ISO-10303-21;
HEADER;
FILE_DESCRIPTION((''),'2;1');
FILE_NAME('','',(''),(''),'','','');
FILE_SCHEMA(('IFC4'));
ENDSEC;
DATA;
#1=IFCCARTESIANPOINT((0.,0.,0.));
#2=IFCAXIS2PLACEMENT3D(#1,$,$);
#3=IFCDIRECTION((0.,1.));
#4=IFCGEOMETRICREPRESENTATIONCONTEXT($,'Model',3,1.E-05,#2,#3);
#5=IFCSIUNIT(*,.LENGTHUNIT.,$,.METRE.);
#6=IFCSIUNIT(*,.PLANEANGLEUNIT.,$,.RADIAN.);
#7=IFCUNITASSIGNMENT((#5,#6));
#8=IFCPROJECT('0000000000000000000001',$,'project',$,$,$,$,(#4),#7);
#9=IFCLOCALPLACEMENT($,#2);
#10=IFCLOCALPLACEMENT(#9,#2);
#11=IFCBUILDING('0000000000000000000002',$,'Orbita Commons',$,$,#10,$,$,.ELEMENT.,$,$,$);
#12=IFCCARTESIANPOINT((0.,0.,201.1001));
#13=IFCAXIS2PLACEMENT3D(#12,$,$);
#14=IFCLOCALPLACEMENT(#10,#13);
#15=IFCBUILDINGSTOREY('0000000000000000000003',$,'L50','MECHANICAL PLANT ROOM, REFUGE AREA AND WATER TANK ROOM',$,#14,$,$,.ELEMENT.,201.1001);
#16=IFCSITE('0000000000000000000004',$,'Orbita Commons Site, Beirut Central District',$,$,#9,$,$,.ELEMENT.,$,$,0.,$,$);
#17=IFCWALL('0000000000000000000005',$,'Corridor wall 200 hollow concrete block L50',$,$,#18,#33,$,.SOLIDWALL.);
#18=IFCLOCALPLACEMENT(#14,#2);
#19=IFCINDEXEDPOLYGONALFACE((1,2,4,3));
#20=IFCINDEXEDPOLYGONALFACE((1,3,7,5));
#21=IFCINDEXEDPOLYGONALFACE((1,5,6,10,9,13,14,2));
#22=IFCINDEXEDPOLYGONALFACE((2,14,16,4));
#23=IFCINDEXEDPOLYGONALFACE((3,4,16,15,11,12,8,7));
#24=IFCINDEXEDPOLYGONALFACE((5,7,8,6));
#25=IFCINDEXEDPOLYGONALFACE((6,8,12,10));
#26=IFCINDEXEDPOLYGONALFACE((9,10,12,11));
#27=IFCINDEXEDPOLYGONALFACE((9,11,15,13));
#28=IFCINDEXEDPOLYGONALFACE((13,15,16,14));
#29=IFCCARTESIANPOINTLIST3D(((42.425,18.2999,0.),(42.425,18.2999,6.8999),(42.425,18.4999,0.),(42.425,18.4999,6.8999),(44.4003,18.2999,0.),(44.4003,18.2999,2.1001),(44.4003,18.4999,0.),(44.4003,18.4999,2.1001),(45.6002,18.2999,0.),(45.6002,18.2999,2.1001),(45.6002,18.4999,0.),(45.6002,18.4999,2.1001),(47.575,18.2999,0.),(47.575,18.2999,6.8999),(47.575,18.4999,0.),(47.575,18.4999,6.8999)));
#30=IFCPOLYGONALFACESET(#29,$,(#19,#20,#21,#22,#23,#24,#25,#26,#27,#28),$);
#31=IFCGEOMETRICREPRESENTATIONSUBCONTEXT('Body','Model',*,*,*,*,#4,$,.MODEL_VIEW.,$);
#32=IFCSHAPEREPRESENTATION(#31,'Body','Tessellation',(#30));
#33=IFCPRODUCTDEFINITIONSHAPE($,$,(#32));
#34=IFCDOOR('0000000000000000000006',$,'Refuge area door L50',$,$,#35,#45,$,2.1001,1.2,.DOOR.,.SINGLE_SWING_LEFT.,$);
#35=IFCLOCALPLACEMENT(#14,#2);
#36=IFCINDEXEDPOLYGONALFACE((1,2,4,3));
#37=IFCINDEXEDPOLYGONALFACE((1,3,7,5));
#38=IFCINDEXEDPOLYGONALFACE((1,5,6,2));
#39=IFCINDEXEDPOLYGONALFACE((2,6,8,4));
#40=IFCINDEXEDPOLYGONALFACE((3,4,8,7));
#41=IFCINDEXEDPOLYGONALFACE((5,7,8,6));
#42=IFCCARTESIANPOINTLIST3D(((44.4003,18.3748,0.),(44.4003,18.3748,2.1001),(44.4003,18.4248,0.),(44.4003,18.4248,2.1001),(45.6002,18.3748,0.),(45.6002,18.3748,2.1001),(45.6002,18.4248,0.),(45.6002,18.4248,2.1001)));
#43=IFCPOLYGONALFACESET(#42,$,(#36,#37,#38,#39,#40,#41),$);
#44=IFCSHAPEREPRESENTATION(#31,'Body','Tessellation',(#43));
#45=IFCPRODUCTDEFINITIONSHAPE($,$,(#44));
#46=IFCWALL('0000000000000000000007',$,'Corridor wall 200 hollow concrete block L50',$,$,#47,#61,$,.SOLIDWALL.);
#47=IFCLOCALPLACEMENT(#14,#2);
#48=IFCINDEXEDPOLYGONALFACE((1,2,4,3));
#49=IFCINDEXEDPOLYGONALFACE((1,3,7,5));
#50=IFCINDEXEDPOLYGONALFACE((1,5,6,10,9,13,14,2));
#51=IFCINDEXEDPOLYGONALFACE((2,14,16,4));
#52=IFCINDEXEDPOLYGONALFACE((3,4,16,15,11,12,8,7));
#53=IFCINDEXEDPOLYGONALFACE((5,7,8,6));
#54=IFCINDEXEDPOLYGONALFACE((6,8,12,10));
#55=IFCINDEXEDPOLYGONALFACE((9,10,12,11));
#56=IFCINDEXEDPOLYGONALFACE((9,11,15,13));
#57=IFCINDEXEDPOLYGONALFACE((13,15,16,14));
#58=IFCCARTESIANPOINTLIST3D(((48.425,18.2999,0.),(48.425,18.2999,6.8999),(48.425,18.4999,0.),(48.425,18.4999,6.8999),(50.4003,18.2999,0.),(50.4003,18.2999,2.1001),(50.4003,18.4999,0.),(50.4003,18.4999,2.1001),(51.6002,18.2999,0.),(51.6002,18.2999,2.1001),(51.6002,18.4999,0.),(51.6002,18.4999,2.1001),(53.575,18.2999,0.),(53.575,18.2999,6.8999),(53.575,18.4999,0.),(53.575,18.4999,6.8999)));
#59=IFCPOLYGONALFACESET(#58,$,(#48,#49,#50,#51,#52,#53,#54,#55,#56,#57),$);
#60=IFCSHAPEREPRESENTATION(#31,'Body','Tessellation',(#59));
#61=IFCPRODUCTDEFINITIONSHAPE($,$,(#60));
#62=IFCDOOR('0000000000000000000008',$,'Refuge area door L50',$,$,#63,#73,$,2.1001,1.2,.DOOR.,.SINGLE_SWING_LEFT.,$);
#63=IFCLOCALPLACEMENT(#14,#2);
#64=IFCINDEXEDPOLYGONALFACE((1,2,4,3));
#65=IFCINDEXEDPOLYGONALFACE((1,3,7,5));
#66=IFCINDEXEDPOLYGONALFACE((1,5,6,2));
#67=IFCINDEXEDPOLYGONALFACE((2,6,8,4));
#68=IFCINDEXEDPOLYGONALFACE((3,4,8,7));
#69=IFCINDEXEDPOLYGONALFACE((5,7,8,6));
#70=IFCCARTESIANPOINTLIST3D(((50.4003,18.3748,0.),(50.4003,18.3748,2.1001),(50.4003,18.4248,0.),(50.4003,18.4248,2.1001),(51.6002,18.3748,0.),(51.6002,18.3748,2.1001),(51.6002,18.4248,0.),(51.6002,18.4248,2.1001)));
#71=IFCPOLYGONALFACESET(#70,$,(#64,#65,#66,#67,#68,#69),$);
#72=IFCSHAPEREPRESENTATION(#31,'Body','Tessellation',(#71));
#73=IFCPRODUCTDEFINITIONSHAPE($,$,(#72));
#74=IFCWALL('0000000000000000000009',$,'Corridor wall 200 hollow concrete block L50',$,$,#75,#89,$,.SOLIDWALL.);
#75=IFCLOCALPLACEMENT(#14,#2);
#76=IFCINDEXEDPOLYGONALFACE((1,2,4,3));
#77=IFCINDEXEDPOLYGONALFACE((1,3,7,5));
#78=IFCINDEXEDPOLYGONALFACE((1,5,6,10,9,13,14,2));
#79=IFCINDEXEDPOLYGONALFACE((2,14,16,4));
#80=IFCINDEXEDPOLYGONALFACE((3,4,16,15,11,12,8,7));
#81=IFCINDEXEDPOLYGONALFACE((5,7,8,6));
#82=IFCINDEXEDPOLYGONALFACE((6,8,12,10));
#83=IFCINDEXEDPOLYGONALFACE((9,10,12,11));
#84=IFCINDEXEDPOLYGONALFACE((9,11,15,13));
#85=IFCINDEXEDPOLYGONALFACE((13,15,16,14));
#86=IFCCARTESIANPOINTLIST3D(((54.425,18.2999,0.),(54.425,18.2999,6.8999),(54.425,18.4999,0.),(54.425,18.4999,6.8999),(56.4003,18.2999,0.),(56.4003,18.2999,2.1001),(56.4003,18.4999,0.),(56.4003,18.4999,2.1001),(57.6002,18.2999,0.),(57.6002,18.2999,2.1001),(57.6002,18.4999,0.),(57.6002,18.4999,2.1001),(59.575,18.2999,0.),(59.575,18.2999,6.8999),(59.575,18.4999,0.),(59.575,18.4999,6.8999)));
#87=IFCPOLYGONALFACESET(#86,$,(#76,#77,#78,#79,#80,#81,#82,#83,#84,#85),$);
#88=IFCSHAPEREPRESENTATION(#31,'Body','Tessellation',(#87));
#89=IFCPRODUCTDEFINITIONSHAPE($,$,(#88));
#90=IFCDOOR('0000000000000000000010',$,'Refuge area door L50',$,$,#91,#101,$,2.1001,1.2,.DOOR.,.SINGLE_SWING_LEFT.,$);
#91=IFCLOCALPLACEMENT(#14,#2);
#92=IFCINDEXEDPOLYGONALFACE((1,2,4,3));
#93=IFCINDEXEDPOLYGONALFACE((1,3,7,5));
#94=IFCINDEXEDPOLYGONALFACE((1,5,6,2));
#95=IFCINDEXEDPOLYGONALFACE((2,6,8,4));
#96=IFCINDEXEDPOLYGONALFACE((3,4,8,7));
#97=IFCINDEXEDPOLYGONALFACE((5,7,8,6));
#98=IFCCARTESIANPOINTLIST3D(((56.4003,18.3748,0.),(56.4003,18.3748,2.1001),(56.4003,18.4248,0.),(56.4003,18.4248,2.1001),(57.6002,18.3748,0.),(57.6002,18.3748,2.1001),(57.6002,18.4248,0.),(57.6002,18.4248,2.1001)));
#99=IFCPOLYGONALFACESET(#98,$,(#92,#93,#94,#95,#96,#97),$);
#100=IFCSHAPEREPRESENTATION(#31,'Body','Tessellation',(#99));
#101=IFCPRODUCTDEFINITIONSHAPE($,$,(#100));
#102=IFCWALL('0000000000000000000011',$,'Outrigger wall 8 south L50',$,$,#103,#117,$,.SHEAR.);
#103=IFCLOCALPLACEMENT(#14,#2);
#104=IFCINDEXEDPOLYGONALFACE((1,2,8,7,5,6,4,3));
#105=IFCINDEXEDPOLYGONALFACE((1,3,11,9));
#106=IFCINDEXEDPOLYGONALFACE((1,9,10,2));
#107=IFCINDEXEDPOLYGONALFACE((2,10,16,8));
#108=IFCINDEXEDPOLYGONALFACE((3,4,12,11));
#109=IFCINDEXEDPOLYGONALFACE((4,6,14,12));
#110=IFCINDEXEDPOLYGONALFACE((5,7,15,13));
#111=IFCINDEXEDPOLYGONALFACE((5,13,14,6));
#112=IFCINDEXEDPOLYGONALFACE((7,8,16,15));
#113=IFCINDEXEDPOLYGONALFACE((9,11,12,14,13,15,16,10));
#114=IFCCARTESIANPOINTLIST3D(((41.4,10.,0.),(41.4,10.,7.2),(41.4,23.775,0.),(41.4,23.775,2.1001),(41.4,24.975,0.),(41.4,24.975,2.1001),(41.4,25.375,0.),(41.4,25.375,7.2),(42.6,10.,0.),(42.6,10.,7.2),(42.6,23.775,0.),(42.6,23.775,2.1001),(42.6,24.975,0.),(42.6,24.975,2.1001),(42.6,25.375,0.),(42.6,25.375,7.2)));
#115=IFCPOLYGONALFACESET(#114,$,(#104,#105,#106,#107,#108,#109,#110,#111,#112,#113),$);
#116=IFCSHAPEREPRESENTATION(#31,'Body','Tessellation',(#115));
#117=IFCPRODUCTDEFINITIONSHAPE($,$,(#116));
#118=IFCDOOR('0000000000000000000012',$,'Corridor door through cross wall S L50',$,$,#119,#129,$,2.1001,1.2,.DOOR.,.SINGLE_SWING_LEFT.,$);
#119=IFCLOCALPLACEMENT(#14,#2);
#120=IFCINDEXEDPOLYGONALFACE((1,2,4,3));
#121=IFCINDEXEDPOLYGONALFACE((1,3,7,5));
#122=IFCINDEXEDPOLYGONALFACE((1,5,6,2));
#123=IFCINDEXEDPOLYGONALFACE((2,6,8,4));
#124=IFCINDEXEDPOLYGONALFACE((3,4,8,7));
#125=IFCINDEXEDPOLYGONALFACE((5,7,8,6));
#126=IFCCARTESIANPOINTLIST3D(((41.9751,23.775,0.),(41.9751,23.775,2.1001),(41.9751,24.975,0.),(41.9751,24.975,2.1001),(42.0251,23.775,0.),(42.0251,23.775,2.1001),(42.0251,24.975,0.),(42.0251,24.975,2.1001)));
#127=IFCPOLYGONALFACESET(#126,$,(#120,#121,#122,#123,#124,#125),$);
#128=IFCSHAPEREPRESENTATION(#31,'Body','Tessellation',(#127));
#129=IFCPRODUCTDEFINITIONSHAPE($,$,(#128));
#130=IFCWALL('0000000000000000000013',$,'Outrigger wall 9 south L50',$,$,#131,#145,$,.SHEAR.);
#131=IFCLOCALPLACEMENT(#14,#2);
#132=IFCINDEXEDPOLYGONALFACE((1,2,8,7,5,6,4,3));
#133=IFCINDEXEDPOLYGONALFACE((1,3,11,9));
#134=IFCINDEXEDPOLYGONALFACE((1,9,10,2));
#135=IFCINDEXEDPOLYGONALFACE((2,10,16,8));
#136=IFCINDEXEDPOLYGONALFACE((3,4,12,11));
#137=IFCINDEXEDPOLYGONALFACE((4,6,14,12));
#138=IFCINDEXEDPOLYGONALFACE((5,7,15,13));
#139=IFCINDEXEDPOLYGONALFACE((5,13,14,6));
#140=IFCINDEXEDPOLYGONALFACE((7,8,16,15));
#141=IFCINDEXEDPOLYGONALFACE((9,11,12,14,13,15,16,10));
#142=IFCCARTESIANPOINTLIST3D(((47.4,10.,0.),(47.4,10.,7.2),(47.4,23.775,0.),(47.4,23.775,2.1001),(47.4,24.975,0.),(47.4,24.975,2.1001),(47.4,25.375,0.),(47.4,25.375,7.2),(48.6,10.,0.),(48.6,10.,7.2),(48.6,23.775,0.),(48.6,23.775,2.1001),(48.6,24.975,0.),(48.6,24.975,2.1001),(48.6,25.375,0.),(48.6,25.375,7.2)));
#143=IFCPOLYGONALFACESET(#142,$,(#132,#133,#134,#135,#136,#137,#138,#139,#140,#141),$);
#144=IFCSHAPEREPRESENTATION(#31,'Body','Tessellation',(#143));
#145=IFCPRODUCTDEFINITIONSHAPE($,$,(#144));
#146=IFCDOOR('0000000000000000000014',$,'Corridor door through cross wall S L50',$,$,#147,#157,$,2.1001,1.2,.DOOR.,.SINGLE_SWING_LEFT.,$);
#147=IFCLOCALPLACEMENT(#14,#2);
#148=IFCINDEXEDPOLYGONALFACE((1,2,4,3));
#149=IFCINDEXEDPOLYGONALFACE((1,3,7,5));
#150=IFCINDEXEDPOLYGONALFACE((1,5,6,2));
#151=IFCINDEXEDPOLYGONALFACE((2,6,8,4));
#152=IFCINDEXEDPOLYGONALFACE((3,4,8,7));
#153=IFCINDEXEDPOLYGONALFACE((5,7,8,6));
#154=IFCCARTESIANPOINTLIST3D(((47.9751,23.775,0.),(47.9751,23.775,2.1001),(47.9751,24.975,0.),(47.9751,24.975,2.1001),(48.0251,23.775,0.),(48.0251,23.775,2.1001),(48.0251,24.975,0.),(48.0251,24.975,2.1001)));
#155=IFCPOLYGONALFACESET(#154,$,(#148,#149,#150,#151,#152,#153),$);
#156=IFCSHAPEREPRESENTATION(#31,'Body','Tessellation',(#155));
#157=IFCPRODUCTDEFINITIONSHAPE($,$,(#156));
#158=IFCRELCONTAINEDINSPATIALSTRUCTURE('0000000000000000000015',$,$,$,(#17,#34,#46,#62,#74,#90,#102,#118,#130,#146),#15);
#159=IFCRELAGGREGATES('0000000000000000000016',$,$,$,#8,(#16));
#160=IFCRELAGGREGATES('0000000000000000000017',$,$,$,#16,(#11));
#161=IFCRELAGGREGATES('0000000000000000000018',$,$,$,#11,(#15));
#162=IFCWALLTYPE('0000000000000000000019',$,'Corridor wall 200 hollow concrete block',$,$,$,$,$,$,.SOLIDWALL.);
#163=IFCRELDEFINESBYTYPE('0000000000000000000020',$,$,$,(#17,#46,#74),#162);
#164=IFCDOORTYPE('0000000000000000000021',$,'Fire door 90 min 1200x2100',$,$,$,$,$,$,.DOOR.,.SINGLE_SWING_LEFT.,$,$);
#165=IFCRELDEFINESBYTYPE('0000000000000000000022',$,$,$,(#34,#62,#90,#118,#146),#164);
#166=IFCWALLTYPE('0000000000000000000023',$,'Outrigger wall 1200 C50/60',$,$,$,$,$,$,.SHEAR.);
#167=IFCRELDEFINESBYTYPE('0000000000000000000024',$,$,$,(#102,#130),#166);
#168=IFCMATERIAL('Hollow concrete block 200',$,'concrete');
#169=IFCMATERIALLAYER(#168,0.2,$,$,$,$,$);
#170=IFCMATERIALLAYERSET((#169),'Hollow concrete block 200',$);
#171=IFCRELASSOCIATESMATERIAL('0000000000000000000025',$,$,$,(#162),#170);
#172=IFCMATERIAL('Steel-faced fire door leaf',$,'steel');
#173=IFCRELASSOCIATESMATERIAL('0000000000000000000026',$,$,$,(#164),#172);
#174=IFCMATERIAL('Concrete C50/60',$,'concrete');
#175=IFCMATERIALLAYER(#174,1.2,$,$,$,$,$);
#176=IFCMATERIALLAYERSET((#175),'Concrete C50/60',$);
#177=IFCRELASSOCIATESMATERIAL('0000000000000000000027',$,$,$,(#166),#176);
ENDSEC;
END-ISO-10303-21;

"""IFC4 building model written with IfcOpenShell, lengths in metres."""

from ifc_helpers import new_model, si_unit, direction, frame, frame_2d, origin, place, context, subcontext, project, spatial, rectangle, extrude, material, layer, layer_set, type_object, element, fill, save


model = new_model("IFC4")

# Units and contexts
model_context = context("Model", 3, precision=1e-05, world=origin(), true_north=direction((0.0, 1.0)))
body_context = subcontext(model_context, "Body", "Model", "MODEL_VIEW")
ifc_project = project(units=[si_unit("LENGTHUNIT", "METRE"), si_unit("PLANEANGLEUNIT", "RADIAN")], contexts=[model_context])

# Site, building, storey
site_placement = place(None, origin())
site = spatial("IfcSite", under=ifc_project, at=site_placement, Name="Orbita Commons Site, Beirut Central District", CompositionType="ELEMENT", RefElevation=0.0)
building_placement = place(site_placement, origin())
building = spatial("IfcBuilding", under=site, at=building_placement, Name="Orbita Commons", CompositionType="ELEMENT")
storey_placement = place(building_placement, frame((0.0, 0.0, 201.1001)))
storey = spatial("IfcBuildingStorey", under=building, at=storey_placement, Name="L50", Description="MECHANICAL PLANT ROOM, REFUGE AREA AND WATER TANK ROOM", CompositionType="ELEMENT", Elevation=201.1001)

# Walls, openings, doors
ifc_material_1 = material(Name="Hollow concrete block 200", Category="concrete")
ifc_layer_1 = layer(ifc_material_1, 0.2)
ifc_layer_set_1 = layer_set([ifc_layer_1], Name="Hollow concrete block 200")
wall_type_1 = type_object("IfcWallType", Name="Corridor wall 200 hollow concrete block", PredefinedType="SOLIDWALL", material=ifc_layer_set_1)
wall_1_placement = place(storey_placement, frame((42.425, 18.3999, 0.0), z_axis=(0.0, 0.0, 1.0), x_axis=(1.0, 0.0, 0.0)))
wall_1 = element("IfcWall", 1, at=wall_1_placement, inside=storey, type_object=wall_type_1, Name="Corridor wall 200 hollow concrete block L50", PredefinedType="SOLIDWALL", context=body_context, shape_type="SweptSolid", body=[
    extrude(rectangle(XDim=5.1499, YDim=0.2, at=frame_2d((2.575, 0.0))), origin(), (0.0, 0.0, 1.0), 6.8999),
])
opening_1_placement = place(wall_1_placement, frame((1.9751, 0.0, 0.0)))
opening_1 = element("IfcOpeningElement", 2, at=opening_1_placement, cuts=wall_1, PredefinedType="OPENING", context=body_context, shape_type="SweptSolid", body=[
    extrude(rectangle(XDim=1.2, YDim=2.1001, at=frame_2d((0.6001, 1.05))), frame((0.0, 0.1099, 0.0), z_axis=(0.0, -1.0, 0.0), x_axis=(1.0, 0.0, 0.0)), (0.0, 0.0, 1.0), 0.22),
])
ifc_material_2 = material(Name="Steel-faced fire door leaf", Category="steel")
door_type = type_object("IfcDoorType", Name="Fire door 90 min 1200x2100", OperationType="SINGLE_SWING_LEFT", PredefinedType="DOOR", material=ifc_material_2)
door_1_placement = place(opening_1_placement, origin())
door_1 = element("IfcDoor", 3, at=door_1_placement, inside=storey, type_object=door_type, Name="Refuge area door L50", OperationType="SINGLE_SWING_LEFT", OverallHeight=2.1001, OverallWidth=1.2, PredefinedType="DOOR", context=body_context, shape_type="SweptSolid", body=[
    extrude(rectangle(XDim=1.2, YDim=2.1001, at=frame_2d((0.6001, 1.05))), frame((0.0, 0.0249, 0.0), z_axis=(0.0, -1.0, 0.0), x_axis=(1.0, 0.0, 0.0)), (0.0, 0.0, 1.0), 0.05),
])
fill(opening_1, door_1)
wall_2_placement = place(storey_placement, frame((48.425, 18.3999, 0.0), z_axis=(0.0, 0.0, 1.0), x_axis=(1.0, 0.0, 0.0)))
wall_2 = element("IfcWall", 4, at=wall_2_placement, inside=storey, type_object=wall_type_1, Name="Corridor wall 200 hollow concrete block L50", PredefinedType="SOLIDWALL", context=body_context, shape_type="SweptSolid", body=[
    extrude(rectangle(XDim=5.1499, YDim=0.2, at=frame_2d((2.575, 0.0))), origin(), (0.0, 0.0, 1.0), 6.8999),
])
opening_2_placement = place(wall_2_placement, frame((1.9751, 0.0, 0.0)))
opening_2 = element("IfcOpeningElement", 5, at=opening_2_placement, cuts=wall_2, PredefinedType="OPENING", context=body_context, shape_type="SweptSolid", body=[
    extrude(rectangle(XDim=1.2, YDim=2.1001, at=frame_2d((0.6001, 1.05))), frame((0.0, 0.1099, 0.0), z_axis=(0.0, -1.0, 0.0), x_axis=(1.0, 0.0, 0.0)), (0.0, 0.0, 1.0), 0.22),
])
door_2_placement = place(opening_2_placement, origin())
door_2 = element("IfcDoor", 6, at=door_2_placement, inside=storey, type_object=door_type, Name="Refuge area door L50", OperationType="SINGLE_SWING_LEFT", OverallHeight=2.1001, OverallWidth=1.2, PredefinedType="DOOR", context=body_context, shape_type="SweptSolid", body=[
    extrude(rectangle(XDim=1.2, YDim=2.1001, at=frame_2d((0.6001, 1.05))), frame((0.0, 0.0249, 0.0), z_axis=(0.0, -1.0, 0.0), x_axis=(1.0, 0.0, 0.0)), (0.0, 0.0, 1.0), 0.05),
])
fill(opening_2, door_2)
wall_3_placement = place(storey_placement, frame((54.425, 18.3999, 0.0), z_axis=(0.0, 0.0, 1.0), x_axis=(1.0, 0.0, 0.0)))
wall_3 = element("IfcWall", 7, at=wall_3_placement, inside=storey, type_object=wall_type_1, Name="Corridor wall 200 hollow concrete block L50", PredefinedType="SOLIDWALL", context=body_context, shape_type="SweptSolid", body=[
    extrude(rectangle(XDim=5.1499, YDim=0.2, at=frame_2d((2.575, 0.0))), origin(), (0.0, 0.0, 1.0), 6.8999),
])
opening_3_placement = place(wall_3_placement, frame((1.9751, 0.0, 0.0)))
opening_3 = element("IfcOpeningElement", 8, at=opening_3_placement, cuts=wall_3, PredefinedType="OPENING", context=body_context, shape_type="SweptSolid", body=[
    extrude(rectangle(XDim=1.2, YDim=2.1001, at=frame_2d((0.6001, 1.05))), frame((0.0, 0.1099, 0.0), z_axis=(0.0, -1.0, 0.0), x_axis=(1.0, 0.0, 0.0)), (0.0, 0.0, 1.0), 0.22),
])
door_3_placement = place(opening_3_placement, origin())
door_3 = element("IfcDoor", 9, at=door_3_placement, inside=storey, type_object=door_type, Name="Refuge area door L50", OperationType="SINGLE_SWING_LEFT", OverallHeight=2.1001, OverallWidth=1.2, PredefinedType="DOOR", context=body_context, shape_type="SweptSolid", body=[
    extrude(rectangle(XDim=1.2, YDim=2.1001, at=frame_2d((0.6001, 1.05))), frame((0.0, 0.0249, 0.0), z_axis=(0.0, -1.0, 0.0), x_axis=(1.0, 0.0, 0.0)), (0.0, 0.0, 1.0), 0.05),
])
fill(opening_3, door_3)
ifc_material_3 = material(Name="Concrete C50/60", Category="concrete")
ifc_layer_2 = layer(ifc_material_3, 1.2)
ifc_layer_set_2 = layer_set([ifc_layer_2], Name="Concrete C50/60")
wall_type_2 = type_object("IfcWallType", Name="Outrigger wall 1200 C50/60", PredefinedType="SHEAR", material=ifc_layer_set_2)
wall_4_placement = place(storey_placement, frame((42.0, 10.0, 0.0), z_axis=(0.0, 0.0, 1.0), x_axis=(0.0, 1.0, 0.0)))
wall_4 = element("IfcWall", 10, at=wall_4_placement, inside=storey, type_object=wall_type_2, Name="Outrigger wall 8 south L50", PredefinedType="SHEAR", context=body_context, shape_type="SweptSolid", body=[
    extrude(rectangle(XDim=15.375, YDim=1.2, at=frame_2d((7.6875, 0.0))), origin(), (0.0, 0.0, 1.0), 7.2),
])
opening_4_placement = place(wall_4_placement, frame((13.7749, 0.0, 0.0)))
opening_4 = element("IfcOpeningElement", 11, at=opening_4_placement, cuts=wall_4, PredefinedType="OPENING", context=body_context, shape_type="SweptSolid", body=[
    extrude(rectangle(XDim=1.2, YDim=2.1001, at=frame_2d((0.6001, 1.05))), frame((0.0, 0.6099, 0.0), z_axis=(0.0, -1.0, 0.0), x_axis=(1.0, 0.0, 0.0)), (0.0, 0.0, 1.0), 1.22),
])
door_4_placement = place(opening_4_placement, origin())
door_4 = element("IfcDoor", 12, at=door_4_placement, inside=storey, type_object=door_type, Name="Corridor door through cross wall S L50", OperationType="SINGLE_SWING_LEFT", OverallHeight=2.1001, OverallWidth=1.2, PredefinedType="DOOR", context=body_context, shape_type="SweptSolid", body=[
    extrude(rectangle(XDim=1.2, YDim=2.1001, at=frame_2d((0.6001, 1.05))), frame((0.0, 0.0249, 0.0), z_axis=(0.0, -1.0, 0.0), x_axis=(1.0, 0.0, 0.0)), (0.0, 0.0, 1.0), 0.05),
])
fill(opening_4, door_4)
wall_5_placement = place(storey_placement, frame((48.0, 10.0, 0.0), z_axis=(0.0, 0.0, 1.0), x_axis=(0.0, 1.0, 0.0)))
wall_5 = element("IfcWall", 13, at=wall_5_placement, inside=storey, type_object=wall_type_2, Name="Outrigger wall 9 south L50", PredefinedType="SHEAR", context=body_context, shape_type="SweptSolid", body=[
    extrude(rectangle(XDim=15.375, YDim=1.2, at=frame_2d((7.6875, 0.0))), origin(), (0.0, 0.0, 1.0), 7.2),
])
opening_5_placement = place(wall_5_placement, frame((13.7749, 0.0, 0.0)))
opening_5 = element("IfcOpeningElement", 14, at=opening_5_placement, cuts=wall_5, PredefinedType="OPENING", context=body_context, shape_type="SweptSolid", body=[
    extrude(rectangle(XDim=1.2, YDim=2.1001, at=frame_2d((0.6001, 1.05))), frame((0.0, 0.6099, 0.0), z_axis=(0.0, -1.0, 0.0), x_axis=(1.0, 0.0, 0.0)), (0.0, 0.0, 1.0), 1.22),
])
door_5_placement = place(opening_5_placement, origin())
door_5 = element("IfcDoor", 15, at=door_5_placement, inside=storey, type_object=door_type, Name="Corridor door through cross wall S L50", OperationType="SINGLE_SWING_LEFT", OverallHeight=2.1001, OverallWidth=1.2, PredefinedType="DOOR", context=body_context, shape_type="SweptSolid", body=[
    extrude(rectangle(XDim=1.2, YDim=2.1001, at=frame_2d((0.6001, 1.05))), frame((0.0, 0.0249, 0.0), z_axis=(0.0, -1.0, 0.0), x_axis=(1.0, 0.0, 0.0)), (0.0, 0.0, 1.0), 0.05),
])
fill(opening_5, door_5)

save(model, "model.ifc")
